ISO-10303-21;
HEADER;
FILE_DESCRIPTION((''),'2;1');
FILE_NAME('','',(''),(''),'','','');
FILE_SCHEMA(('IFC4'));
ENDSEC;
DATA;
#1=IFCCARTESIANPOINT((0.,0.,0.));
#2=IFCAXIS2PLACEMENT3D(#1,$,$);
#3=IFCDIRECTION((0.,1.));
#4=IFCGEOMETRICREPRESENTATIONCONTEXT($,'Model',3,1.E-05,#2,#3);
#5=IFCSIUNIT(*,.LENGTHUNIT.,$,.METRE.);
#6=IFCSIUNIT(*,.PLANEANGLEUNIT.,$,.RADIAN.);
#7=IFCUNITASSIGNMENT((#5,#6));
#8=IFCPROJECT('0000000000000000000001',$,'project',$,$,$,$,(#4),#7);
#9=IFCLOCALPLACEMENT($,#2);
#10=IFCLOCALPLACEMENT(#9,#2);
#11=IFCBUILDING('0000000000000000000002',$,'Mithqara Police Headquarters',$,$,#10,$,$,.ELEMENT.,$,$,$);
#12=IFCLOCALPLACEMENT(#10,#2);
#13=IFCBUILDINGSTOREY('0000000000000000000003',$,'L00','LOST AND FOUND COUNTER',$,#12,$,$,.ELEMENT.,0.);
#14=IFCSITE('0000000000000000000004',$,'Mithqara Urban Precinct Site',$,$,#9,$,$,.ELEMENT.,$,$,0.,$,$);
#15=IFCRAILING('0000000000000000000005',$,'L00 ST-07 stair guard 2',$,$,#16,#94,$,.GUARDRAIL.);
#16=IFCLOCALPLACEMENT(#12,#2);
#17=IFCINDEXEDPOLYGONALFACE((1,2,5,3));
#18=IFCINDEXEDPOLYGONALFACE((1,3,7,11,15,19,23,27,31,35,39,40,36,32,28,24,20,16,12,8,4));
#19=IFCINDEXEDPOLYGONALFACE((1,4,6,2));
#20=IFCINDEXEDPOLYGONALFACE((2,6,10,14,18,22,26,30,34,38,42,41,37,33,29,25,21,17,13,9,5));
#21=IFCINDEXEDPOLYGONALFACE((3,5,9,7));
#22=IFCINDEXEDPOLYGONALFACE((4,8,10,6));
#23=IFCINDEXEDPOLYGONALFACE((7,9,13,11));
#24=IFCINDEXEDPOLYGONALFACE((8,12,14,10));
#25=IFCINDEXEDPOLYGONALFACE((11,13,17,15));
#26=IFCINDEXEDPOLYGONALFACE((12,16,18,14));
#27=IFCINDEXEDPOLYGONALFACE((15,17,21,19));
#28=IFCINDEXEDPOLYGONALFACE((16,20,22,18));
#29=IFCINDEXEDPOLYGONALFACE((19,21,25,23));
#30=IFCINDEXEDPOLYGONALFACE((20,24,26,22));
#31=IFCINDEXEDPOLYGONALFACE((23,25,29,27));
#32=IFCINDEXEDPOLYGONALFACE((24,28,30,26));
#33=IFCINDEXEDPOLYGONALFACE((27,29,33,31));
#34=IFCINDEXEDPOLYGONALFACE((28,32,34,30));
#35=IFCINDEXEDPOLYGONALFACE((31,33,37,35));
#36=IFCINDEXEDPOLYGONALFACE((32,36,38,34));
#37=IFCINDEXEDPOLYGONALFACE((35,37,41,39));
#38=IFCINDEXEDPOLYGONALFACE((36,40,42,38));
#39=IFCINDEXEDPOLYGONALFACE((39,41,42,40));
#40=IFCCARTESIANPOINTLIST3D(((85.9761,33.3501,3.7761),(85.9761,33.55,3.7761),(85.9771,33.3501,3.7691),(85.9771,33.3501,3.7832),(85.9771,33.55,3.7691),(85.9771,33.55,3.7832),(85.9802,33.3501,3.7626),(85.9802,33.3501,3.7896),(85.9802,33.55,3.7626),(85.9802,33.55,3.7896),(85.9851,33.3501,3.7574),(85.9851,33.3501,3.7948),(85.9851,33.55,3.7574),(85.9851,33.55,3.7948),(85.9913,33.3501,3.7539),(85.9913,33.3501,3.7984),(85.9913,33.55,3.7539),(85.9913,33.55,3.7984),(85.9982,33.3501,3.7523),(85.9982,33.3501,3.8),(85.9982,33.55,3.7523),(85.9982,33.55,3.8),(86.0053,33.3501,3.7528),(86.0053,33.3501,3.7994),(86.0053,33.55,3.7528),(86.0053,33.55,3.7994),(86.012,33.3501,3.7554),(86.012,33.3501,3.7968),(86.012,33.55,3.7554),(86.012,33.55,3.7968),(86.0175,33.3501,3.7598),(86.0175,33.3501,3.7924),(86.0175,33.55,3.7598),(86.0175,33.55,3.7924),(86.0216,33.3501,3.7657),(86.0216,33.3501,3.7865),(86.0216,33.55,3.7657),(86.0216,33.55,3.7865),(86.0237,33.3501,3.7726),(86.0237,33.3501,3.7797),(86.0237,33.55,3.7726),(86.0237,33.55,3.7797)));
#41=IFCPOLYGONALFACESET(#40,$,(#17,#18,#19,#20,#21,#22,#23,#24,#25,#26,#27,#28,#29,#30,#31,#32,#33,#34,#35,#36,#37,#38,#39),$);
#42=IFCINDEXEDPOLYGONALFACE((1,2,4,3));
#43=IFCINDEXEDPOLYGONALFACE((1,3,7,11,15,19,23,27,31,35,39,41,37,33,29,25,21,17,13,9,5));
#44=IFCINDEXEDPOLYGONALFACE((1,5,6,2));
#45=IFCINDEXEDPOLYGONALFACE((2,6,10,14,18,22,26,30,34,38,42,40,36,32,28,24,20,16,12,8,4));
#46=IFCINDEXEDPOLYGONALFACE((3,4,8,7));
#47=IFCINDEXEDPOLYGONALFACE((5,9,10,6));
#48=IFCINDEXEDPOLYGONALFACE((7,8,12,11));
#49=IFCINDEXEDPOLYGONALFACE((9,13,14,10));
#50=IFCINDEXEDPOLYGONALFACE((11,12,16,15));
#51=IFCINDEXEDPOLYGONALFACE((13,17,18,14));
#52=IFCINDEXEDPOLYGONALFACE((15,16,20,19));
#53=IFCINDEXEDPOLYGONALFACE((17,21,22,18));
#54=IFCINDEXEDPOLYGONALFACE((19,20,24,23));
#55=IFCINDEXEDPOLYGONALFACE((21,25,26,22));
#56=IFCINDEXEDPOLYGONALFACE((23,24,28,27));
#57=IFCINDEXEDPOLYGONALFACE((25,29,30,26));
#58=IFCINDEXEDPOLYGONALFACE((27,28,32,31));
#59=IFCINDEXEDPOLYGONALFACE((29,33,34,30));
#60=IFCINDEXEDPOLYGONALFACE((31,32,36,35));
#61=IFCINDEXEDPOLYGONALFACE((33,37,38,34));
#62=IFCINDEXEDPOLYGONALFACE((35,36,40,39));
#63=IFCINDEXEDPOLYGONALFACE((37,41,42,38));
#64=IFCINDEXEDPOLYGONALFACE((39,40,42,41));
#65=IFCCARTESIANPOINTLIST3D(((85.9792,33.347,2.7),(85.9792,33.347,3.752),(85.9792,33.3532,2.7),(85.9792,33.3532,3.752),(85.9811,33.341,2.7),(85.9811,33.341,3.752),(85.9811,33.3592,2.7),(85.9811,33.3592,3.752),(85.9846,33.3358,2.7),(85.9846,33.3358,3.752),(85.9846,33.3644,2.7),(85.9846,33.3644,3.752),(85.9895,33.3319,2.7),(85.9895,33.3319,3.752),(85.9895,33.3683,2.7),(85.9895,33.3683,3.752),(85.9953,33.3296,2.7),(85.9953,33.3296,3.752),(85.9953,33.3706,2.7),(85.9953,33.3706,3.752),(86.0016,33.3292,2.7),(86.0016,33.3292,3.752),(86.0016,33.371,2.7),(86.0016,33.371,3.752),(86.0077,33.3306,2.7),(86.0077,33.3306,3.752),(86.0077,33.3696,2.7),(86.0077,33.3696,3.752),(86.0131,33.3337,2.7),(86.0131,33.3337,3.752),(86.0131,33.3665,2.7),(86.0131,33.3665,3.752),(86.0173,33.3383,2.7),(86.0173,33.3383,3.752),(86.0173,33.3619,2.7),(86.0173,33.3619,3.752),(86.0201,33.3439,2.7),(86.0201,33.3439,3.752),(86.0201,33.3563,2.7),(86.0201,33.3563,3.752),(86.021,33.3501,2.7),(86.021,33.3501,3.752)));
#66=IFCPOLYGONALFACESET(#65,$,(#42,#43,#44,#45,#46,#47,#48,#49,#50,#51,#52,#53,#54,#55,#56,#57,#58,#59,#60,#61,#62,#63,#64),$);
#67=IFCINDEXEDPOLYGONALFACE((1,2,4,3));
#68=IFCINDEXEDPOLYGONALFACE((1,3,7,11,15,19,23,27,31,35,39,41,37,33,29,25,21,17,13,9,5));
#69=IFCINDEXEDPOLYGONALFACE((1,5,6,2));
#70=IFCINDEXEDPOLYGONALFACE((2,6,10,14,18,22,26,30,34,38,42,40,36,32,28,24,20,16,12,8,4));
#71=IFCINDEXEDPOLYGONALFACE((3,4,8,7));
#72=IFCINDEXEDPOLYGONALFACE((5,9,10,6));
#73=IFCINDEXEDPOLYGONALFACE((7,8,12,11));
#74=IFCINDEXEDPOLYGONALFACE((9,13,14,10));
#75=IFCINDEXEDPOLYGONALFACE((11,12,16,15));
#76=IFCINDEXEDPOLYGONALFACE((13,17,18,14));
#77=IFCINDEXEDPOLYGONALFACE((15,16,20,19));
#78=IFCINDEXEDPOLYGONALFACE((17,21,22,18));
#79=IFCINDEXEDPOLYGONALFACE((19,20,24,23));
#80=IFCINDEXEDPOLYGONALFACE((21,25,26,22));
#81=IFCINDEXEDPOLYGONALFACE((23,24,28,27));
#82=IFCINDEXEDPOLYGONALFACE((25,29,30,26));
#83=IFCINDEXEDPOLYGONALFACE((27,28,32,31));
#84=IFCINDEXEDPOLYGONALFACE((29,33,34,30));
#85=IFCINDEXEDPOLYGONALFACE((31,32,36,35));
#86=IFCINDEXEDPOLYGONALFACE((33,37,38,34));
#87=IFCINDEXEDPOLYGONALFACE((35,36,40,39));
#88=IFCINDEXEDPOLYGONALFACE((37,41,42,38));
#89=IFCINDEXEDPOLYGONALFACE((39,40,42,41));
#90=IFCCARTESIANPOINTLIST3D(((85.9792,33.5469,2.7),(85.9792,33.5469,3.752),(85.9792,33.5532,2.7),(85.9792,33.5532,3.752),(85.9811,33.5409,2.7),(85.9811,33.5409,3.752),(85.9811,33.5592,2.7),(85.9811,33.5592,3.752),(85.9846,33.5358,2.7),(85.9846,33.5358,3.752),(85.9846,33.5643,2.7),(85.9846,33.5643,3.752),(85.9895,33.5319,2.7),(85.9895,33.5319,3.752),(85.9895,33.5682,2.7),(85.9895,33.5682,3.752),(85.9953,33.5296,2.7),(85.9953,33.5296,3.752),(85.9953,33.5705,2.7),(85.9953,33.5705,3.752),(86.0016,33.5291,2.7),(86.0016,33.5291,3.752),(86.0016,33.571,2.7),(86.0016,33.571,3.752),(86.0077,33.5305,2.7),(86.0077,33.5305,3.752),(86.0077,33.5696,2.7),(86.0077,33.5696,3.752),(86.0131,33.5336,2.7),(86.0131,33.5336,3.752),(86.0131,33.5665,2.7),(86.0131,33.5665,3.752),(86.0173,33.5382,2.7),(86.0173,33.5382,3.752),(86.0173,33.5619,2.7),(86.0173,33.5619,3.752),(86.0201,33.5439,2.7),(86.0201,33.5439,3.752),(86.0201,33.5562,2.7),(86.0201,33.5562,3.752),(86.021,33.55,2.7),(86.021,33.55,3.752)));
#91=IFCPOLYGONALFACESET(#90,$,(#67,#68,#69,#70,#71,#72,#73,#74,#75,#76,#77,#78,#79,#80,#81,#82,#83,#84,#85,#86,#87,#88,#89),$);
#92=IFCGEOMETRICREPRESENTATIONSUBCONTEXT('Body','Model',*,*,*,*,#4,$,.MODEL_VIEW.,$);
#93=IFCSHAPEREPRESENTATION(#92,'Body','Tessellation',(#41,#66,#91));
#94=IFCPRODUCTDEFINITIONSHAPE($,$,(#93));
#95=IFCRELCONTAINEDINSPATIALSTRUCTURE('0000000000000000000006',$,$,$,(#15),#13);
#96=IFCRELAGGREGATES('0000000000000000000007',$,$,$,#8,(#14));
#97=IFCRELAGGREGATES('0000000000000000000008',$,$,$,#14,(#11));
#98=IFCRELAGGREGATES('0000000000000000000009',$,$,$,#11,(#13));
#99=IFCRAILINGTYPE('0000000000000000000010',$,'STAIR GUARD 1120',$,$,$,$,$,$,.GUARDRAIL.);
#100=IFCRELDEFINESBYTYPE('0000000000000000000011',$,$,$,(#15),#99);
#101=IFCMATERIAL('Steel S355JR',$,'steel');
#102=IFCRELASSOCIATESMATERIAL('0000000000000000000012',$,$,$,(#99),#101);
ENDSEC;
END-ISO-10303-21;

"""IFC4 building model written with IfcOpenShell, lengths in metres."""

from ifc_helpers import new_model, si_unit, direction, frame, origin, origin_2d, place, context, subcontext, project, spatial, circle, extrude, material, type_object, element, save


model = new_model("IFC4")

# Units and contexts
model_context = context("Model", 3, precision=1e-05, world=origin(), true_north=direction((0.0, 1.0)))
body_context = subcontext(model_context, "Body", "Model", "MODEL_VIEW")
ifc_project = project(units=[si_unit("LENGTHUNIT", "METRE"), si_unit("PLANEANGLEUNIT", "RADIAN")], contexts=[model_context])

# Site, building, storey
site_placement = place(None, origin())
site = spatial("IfcSite", under=ifc_project, at=site_placement, Name="Mithqara Urban Precinct Site", CompositionType="ELEMENT", RefElevation=0.0)
building_placement = place(site_placement, origin())
building = spatial("IfcBuilding", under=site, at=building_placement, Name="Mithqara Police Headquarters", CompositionType="ELEMENT")
storey_placement = place(building_placement, origin())
storey = spatial("IfcBuildingStorey", under=building, at=storey_placement, Name="L00", Description="LOST AND FOUND COUNTER", CompositionType="ELEMENT", Elevation=0.0)

# Shared definitions
ifc_material_1 = material(Name="Steel S355JR", Category="steel")

# Railing
railing_type_1 = type_object("IfcRailingType", Name="STAIR GUARD 1120", PredefinedType="GUARDRAIL", material=ifc_material_1)
railing_1_placement = place(storey_placement, frame((86.0, 33.3501, 2.7)))
element("IfcRailing", 1, at=railing_1_placement, inside=storey, type_object=railing_type_1, Name="L00 ST-07 stair guard 2", PredefinedType="GUARDRAIL", context=body_context, shape_type="SweptSolid", body=[
    extrude(circle(Radius=0.0239, at=origin_2d()), frame((0.0, 0.0, 1.0762), z_axis=(0.0, 1.0, 0.0), x_axis=(-1.0, 0.0, 0.0)), (0.0, 0.0, 1.0), 0.2),
    extrude(circle(Radius=0.021, at=origin_2d()), origin(), (0.0, 0.0, 1.0), 1.052),
    extrude(circle(Radius=0.021, at=origin_2d()), frame((0.0, 0.2, 0.0)), (0.0, 0.0, 1.0), 1.052),
])

save(model, "model.ifc")
